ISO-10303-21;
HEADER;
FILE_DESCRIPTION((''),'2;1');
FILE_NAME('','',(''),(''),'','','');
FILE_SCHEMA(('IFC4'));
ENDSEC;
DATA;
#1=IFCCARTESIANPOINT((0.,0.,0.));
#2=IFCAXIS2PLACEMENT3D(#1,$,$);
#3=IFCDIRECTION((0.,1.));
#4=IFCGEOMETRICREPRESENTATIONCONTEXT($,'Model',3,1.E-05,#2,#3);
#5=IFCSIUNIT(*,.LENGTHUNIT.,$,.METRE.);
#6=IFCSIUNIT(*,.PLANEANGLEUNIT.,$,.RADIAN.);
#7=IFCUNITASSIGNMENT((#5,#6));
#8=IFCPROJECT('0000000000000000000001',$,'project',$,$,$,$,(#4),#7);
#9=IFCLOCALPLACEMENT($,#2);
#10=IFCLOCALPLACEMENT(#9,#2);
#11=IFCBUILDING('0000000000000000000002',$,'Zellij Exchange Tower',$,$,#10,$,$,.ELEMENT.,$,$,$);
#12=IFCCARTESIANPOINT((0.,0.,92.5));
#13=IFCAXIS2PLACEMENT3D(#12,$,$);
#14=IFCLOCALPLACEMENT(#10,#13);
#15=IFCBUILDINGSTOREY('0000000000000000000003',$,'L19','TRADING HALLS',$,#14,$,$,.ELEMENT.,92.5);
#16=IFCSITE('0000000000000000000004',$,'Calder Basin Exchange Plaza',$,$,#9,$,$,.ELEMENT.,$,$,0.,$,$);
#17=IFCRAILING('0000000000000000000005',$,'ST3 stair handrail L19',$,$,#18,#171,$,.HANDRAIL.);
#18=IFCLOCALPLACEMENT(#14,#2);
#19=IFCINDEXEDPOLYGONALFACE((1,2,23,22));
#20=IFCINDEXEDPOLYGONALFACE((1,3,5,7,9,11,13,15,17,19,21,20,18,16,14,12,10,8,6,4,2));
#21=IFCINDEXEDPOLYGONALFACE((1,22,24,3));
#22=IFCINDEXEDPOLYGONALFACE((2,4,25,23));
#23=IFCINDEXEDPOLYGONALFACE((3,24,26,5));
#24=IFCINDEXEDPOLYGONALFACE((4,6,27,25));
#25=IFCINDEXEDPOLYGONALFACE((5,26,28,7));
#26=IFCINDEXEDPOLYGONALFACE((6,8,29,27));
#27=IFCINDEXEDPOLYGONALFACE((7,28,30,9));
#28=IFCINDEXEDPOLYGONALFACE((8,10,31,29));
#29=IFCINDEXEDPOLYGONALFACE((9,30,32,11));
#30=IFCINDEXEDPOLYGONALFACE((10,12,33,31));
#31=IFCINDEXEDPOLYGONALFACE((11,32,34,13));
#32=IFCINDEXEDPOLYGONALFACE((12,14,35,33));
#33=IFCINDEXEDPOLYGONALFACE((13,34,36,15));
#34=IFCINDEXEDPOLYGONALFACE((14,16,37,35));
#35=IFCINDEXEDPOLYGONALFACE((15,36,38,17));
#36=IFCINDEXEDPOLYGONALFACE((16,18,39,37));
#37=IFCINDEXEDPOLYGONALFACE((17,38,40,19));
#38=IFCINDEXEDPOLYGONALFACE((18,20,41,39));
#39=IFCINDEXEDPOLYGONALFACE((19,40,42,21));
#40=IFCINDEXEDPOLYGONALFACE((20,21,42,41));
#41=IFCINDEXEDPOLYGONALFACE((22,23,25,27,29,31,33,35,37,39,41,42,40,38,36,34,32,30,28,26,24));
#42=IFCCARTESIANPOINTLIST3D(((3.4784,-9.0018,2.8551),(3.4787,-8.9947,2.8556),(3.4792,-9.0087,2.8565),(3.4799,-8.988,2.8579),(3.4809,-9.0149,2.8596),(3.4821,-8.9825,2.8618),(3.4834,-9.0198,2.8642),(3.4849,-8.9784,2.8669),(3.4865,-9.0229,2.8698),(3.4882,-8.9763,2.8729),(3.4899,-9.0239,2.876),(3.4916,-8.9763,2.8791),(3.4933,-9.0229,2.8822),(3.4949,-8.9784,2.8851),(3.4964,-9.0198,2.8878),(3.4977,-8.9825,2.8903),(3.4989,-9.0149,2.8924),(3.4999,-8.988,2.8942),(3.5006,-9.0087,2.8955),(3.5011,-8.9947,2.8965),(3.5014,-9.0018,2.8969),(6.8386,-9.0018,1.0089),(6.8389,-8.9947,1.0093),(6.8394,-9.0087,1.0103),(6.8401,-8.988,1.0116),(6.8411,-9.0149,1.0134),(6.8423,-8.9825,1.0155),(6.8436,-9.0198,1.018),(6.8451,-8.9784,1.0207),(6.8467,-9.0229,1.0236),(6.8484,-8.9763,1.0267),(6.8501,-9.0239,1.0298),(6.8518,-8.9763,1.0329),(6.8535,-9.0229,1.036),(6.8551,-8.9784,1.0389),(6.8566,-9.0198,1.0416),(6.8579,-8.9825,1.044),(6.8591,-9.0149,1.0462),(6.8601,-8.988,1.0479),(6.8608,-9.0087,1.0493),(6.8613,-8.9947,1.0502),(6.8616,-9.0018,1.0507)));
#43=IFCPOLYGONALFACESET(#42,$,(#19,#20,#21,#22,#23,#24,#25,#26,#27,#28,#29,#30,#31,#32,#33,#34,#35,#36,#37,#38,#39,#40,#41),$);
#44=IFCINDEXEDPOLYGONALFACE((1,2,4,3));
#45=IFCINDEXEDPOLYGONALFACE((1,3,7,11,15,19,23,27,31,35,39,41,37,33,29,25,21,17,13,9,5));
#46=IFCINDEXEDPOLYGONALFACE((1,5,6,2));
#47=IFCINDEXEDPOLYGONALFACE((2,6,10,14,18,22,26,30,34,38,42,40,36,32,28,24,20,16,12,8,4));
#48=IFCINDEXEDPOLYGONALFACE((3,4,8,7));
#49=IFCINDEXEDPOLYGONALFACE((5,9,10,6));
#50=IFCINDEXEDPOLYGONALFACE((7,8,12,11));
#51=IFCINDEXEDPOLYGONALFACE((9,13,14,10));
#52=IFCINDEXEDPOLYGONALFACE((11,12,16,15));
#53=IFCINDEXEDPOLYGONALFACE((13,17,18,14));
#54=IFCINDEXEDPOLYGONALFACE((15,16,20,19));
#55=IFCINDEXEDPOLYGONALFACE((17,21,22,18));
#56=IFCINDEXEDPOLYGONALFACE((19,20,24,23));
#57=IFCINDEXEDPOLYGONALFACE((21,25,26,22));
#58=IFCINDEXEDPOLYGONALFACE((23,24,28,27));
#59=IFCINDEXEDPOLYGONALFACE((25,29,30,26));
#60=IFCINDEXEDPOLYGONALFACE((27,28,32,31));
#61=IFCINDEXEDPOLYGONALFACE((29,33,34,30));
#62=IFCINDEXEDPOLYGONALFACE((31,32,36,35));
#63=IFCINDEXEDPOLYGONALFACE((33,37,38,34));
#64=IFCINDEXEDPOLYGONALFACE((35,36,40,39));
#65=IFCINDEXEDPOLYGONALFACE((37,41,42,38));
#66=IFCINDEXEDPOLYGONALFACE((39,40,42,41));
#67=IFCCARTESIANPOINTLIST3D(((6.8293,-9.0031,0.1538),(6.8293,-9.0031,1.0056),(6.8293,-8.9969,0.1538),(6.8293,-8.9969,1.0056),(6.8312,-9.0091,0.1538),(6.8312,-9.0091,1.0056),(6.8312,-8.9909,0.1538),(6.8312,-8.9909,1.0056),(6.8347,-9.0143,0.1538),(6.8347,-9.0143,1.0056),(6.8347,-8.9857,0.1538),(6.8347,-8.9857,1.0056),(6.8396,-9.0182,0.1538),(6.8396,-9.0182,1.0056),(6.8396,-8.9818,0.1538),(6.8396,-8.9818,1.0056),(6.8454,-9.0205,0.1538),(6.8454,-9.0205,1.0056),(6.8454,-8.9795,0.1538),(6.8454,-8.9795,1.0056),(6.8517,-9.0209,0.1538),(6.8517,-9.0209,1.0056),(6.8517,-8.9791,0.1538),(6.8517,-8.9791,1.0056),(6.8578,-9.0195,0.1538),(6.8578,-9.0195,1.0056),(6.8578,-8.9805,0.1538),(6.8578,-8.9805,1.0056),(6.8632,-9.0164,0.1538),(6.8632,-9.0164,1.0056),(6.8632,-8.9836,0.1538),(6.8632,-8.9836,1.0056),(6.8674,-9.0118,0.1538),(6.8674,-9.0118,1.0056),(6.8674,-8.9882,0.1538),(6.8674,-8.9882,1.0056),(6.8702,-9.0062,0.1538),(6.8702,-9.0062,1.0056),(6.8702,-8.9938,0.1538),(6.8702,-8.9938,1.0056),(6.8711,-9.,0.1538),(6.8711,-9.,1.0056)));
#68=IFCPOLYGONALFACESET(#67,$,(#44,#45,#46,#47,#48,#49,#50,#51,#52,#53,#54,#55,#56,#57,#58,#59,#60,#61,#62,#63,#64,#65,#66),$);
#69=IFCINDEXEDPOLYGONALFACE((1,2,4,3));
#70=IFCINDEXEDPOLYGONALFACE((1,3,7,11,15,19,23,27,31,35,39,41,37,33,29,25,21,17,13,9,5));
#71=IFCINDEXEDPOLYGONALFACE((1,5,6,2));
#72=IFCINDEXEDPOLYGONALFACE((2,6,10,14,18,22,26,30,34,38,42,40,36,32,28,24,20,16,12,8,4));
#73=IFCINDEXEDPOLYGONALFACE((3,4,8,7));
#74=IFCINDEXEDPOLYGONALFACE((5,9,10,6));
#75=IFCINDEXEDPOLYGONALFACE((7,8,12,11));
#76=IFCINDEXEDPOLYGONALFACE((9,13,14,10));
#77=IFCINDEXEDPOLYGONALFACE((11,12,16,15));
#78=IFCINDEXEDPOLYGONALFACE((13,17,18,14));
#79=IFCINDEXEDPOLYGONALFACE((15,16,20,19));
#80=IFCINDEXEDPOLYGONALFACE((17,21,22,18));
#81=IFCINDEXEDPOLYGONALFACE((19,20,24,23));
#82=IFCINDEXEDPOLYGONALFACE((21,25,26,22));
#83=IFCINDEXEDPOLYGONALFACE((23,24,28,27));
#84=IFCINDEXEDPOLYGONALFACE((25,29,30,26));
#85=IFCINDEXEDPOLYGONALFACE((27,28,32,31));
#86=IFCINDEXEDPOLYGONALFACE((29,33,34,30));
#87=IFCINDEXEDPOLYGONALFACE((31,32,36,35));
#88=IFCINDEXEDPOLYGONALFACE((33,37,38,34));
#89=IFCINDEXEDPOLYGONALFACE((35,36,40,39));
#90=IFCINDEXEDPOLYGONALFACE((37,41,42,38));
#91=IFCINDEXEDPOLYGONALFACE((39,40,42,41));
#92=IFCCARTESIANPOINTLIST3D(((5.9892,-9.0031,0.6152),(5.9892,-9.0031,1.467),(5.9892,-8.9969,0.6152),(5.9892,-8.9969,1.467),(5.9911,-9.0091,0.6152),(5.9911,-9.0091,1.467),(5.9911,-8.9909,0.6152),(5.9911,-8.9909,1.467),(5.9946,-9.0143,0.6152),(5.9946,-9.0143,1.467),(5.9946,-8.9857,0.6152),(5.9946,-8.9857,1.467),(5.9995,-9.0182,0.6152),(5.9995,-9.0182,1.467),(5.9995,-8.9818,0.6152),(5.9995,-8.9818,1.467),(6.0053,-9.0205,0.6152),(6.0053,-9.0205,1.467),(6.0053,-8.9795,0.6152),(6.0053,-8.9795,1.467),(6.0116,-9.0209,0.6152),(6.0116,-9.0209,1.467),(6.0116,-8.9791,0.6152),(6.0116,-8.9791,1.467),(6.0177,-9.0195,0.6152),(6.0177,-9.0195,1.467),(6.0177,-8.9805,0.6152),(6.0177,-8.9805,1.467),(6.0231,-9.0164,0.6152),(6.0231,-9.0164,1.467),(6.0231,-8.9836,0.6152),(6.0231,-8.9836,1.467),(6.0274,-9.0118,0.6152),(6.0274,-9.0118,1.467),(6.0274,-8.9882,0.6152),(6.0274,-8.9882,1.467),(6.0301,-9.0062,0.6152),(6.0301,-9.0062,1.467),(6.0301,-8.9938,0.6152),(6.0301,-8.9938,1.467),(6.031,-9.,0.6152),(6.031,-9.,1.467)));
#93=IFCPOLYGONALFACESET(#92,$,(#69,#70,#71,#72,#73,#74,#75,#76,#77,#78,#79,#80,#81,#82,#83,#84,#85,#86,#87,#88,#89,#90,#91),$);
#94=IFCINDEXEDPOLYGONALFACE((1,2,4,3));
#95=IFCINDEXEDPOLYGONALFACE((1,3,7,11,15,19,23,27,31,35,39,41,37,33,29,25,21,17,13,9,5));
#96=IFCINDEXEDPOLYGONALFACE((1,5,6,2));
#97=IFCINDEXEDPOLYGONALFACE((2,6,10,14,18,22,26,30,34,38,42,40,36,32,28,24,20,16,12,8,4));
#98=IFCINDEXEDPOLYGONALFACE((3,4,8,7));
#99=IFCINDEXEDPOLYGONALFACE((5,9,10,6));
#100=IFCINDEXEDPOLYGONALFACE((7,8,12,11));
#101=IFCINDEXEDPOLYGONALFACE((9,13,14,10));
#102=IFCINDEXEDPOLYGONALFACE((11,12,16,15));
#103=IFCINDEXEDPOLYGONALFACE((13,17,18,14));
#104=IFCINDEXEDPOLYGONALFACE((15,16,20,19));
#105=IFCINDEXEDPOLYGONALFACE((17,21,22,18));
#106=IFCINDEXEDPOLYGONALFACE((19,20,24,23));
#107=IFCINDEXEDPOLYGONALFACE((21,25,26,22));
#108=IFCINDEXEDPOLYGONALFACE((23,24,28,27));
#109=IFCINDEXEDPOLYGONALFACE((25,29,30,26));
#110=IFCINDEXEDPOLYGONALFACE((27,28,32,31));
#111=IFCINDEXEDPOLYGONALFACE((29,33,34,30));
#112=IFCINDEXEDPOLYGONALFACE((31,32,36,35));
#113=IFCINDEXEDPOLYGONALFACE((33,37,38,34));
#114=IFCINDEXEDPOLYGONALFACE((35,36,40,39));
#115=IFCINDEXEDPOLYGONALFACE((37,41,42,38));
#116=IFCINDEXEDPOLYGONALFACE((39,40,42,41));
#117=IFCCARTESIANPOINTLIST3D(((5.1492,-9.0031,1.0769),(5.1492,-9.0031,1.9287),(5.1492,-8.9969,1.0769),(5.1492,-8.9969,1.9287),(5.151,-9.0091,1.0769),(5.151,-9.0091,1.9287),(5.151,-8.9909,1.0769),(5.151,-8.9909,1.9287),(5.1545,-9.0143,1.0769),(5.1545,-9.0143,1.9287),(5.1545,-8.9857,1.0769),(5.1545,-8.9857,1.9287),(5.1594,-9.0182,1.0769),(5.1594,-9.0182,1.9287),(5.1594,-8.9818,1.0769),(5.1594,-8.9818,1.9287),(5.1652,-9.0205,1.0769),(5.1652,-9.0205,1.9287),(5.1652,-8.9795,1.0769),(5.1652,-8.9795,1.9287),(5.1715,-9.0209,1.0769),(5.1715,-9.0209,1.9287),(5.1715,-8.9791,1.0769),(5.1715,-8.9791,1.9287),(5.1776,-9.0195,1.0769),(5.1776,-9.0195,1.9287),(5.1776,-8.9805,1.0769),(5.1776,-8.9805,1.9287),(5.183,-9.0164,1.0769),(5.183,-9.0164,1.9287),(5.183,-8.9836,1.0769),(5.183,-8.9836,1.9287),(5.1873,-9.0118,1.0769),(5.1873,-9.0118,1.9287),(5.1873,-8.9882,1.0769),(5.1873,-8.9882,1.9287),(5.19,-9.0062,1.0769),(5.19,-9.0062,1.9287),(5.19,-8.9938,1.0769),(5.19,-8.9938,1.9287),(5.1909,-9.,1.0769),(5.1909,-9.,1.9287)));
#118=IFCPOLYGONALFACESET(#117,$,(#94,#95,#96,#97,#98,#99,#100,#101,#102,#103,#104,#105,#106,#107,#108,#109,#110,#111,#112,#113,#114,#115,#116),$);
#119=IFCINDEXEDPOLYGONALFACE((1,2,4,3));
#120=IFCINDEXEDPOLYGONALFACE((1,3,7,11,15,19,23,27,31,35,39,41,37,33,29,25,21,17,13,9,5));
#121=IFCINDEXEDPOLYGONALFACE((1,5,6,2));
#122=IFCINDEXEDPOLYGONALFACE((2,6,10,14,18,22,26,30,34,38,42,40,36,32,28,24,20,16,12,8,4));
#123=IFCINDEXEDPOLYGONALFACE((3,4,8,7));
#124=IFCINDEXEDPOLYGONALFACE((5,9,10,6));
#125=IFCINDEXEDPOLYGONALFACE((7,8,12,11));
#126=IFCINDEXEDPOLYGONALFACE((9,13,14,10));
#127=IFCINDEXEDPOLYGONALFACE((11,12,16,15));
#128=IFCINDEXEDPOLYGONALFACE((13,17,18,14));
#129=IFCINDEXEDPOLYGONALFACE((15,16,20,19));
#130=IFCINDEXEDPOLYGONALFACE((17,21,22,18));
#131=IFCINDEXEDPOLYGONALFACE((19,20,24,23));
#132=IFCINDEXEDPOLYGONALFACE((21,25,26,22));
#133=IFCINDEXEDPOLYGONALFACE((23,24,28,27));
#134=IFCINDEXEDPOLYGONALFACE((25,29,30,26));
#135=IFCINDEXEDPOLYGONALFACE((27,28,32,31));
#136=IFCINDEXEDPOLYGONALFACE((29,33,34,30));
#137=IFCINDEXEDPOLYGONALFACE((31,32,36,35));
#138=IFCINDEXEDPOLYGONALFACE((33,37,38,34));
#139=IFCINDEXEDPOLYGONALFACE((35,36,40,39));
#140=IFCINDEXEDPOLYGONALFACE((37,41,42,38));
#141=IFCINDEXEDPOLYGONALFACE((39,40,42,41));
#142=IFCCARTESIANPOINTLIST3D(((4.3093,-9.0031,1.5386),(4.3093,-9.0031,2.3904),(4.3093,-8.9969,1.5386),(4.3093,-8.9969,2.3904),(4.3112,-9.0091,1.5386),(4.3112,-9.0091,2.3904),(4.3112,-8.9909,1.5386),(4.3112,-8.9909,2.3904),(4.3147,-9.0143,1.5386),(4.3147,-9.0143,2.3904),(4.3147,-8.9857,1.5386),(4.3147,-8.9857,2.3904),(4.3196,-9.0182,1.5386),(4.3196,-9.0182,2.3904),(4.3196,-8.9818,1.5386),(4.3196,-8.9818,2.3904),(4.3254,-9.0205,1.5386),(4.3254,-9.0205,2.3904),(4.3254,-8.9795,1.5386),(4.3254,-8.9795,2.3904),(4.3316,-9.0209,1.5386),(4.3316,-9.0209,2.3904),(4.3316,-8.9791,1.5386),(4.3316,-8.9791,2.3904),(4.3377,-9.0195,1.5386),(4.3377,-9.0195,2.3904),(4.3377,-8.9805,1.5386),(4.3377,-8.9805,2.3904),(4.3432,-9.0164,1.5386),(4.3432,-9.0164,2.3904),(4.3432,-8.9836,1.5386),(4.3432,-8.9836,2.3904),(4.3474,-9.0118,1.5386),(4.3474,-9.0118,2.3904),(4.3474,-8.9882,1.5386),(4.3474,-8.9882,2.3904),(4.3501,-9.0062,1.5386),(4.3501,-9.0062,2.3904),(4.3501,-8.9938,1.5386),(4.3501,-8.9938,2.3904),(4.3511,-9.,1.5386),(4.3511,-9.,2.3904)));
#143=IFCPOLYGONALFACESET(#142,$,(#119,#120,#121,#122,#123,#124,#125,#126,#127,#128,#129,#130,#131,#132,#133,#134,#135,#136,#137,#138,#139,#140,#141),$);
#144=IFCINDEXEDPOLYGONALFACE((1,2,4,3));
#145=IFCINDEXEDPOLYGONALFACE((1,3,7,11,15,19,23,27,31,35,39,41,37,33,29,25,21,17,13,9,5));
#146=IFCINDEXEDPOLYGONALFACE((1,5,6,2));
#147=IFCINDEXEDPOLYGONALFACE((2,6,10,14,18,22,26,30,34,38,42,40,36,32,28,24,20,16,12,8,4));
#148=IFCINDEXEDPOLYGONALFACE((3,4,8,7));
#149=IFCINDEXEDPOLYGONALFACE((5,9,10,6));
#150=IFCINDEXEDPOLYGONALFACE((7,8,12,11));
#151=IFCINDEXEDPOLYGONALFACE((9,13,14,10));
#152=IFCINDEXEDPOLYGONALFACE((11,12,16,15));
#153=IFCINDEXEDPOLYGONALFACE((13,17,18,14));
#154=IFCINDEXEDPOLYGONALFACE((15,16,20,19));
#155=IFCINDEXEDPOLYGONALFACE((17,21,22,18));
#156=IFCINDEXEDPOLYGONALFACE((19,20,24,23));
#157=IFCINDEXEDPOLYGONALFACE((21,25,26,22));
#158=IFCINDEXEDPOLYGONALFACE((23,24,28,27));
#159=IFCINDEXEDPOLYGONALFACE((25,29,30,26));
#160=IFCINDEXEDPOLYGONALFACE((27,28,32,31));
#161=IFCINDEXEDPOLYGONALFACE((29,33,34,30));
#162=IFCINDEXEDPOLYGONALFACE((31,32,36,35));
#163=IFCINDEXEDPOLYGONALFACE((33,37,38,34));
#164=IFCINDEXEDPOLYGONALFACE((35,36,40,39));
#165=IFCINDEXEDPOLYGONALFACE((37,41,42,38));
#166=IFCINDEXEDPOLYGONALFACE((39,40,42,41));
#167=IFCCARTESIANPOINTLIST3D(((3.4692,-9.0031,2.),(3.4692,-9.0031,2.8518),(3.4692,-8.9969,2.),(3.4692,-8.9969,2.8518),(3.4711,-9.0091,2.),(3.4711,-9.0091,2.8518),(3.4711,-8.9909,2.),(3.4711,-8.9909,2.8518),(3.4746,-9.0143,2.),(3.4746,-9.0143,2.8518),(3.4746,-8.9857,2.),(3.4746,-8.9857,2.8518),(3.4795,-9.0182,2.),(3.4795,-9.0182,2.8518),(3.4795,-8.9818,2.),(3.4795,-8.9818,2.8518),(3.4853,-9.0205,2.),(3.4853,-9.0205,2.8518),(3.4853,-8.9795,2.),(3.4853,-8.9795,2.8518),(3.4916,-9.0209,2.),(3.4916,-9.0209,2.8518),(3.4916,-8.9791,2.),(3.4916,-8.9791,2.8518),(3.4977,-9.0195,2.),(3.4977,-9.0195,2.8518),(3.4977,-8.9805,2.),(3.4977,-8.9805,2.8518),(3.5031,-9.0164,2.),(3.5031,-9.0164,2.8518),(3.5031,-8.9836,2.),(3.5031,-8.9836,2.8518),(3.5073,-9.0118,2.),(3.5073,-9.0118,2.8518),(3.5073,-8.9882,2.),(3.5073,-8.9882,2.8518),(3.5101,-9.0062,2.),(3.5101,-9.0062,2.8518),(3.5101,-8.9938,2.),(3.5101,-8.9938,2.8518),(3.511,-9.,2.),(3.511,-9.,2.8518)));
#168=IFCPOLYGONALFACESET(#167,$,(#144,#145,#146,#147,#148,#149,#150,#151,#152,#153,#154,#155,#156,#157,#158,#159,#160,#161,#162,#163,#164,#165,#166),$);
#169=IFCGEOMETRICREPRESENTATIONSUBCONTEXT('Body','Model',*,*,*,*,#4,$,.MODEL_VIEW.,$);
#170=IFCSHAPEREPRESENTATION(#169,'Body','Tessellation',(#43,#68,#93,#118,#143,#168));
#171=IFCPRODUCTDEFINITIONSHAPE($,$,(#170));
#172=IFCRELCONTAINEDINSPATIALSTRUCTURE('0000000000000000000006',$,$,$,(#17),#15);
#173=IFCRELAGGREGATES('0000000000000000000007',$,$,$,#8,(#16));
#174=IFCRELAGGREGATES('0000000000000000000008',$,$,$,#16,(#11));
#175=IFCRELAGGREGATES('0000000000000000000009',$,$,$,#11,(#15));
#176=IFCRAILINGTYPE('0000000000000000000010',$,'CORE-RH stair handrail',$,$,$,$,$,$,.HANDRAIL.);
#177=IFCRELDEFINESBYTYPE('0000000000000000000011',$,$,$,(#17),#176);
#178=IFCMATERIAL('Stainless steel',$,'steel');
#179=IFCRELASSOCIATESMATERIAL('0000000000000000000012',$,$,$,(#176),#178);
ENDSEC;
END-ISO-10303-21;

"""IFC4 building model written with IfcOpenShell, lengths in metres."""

from ifc_helpers import new_model, si_unit, direction, frame, origin, origin_2d, place, context, subcontext, project, spatial, circle, extrude, material, type_object, element, save


model = new_model("IFC4")

# Units and contexts
model_context = context("Model", 3, precision=1e-05, world=origin(), true_north=direction((0.0, 1.0)))
body_context = subcontext(model_context, "Body", "Model", "MODEL_VIEW")
ifc_project = project(units=[si_unit("LENGTHUNIT", "METRE"), si_unit("PLANEANGLEUNIT", "RADIAN")], contexts=[model_context])

# Site, building, storey
site_placement = place(None, origin())
site = spatial("IfcSite", under=ifc_project, at=site_placement, Name="Calder Basin Exchange Plaza", CompositionType="ELEMENT", RefElevation=0.0)
building_placement = place(site_placement, origin())
building = spatial("IfcBuilding", under=site, at=building_placement, Name="Zellij Exchange Tower", CompositionType="ELEMENT")
storey_placement = place(building_placement, frame((0.0, 0.0, 92.5)))
storey = spatial("IfcBuildingStorey", under=building, at=storey_placement, Name="L19", Description="TRADING HALLS", CompositionType="ELEMENT", Elevation=92.5)

# Railing
ifc_material_1 = material(Name="Stainless steel", Category="steel")
railing_type_1 = type_object("IfcRailingType", Name="CORE-RH stair handrail", PredefinedType="HANDRAIL", material=ifc_material_1)
railing_1_placement = place(storey_placement, frame((6.8501, -9.0, 0.1538)))
element("IfcRailing", 1, at=railing_1_placement, inside=storey, type_object=railing_type_1, Name="ST3 stair handrail L19", PredefinedType="HANDRAIL", context=body_context, shape_type="SweptSolid", body=[
    extrude(circle(Radius=0.0239, at=origin_2d()), frame((0.0, 0.0, 0.876), z_axis=(-0.876422, 0.0, 0.481545), x_axis=(0.0, -1.0, 0.0)), (0.0, 0.0, 1.0), 3.834),
    extrude(circle(Radius=0.021, at=origin_2d()), origin(), (0.0, 0.0, 1.0), 0.8518),
    extrude(circle(Radius=0.021, at=origin_2d()), frame((-0.8401, 0.0, 0.4614)), (0.0, 0.0, 1.0), 0.8518),
    extrude(circle(Radius=0.021, at=origin_2d()), frame((-1.6802, 0.0, 0.9231)), (0.0, 0.0, 1.0), 0.8518),
    extrude(circle(Radius=0.021, at=origin_2d()), frame((-2.52, 0.0, 1.3848)), (0.0, 0.0, 1.0), 0.8518),
    extrude(circle(Radius=0.021, at=origin_2d()), frame((-3.3601, 0.0, 1.8462)), (0.0, 0.0, 1.0), 0.8518),
])

save(model, "model.ifc")
